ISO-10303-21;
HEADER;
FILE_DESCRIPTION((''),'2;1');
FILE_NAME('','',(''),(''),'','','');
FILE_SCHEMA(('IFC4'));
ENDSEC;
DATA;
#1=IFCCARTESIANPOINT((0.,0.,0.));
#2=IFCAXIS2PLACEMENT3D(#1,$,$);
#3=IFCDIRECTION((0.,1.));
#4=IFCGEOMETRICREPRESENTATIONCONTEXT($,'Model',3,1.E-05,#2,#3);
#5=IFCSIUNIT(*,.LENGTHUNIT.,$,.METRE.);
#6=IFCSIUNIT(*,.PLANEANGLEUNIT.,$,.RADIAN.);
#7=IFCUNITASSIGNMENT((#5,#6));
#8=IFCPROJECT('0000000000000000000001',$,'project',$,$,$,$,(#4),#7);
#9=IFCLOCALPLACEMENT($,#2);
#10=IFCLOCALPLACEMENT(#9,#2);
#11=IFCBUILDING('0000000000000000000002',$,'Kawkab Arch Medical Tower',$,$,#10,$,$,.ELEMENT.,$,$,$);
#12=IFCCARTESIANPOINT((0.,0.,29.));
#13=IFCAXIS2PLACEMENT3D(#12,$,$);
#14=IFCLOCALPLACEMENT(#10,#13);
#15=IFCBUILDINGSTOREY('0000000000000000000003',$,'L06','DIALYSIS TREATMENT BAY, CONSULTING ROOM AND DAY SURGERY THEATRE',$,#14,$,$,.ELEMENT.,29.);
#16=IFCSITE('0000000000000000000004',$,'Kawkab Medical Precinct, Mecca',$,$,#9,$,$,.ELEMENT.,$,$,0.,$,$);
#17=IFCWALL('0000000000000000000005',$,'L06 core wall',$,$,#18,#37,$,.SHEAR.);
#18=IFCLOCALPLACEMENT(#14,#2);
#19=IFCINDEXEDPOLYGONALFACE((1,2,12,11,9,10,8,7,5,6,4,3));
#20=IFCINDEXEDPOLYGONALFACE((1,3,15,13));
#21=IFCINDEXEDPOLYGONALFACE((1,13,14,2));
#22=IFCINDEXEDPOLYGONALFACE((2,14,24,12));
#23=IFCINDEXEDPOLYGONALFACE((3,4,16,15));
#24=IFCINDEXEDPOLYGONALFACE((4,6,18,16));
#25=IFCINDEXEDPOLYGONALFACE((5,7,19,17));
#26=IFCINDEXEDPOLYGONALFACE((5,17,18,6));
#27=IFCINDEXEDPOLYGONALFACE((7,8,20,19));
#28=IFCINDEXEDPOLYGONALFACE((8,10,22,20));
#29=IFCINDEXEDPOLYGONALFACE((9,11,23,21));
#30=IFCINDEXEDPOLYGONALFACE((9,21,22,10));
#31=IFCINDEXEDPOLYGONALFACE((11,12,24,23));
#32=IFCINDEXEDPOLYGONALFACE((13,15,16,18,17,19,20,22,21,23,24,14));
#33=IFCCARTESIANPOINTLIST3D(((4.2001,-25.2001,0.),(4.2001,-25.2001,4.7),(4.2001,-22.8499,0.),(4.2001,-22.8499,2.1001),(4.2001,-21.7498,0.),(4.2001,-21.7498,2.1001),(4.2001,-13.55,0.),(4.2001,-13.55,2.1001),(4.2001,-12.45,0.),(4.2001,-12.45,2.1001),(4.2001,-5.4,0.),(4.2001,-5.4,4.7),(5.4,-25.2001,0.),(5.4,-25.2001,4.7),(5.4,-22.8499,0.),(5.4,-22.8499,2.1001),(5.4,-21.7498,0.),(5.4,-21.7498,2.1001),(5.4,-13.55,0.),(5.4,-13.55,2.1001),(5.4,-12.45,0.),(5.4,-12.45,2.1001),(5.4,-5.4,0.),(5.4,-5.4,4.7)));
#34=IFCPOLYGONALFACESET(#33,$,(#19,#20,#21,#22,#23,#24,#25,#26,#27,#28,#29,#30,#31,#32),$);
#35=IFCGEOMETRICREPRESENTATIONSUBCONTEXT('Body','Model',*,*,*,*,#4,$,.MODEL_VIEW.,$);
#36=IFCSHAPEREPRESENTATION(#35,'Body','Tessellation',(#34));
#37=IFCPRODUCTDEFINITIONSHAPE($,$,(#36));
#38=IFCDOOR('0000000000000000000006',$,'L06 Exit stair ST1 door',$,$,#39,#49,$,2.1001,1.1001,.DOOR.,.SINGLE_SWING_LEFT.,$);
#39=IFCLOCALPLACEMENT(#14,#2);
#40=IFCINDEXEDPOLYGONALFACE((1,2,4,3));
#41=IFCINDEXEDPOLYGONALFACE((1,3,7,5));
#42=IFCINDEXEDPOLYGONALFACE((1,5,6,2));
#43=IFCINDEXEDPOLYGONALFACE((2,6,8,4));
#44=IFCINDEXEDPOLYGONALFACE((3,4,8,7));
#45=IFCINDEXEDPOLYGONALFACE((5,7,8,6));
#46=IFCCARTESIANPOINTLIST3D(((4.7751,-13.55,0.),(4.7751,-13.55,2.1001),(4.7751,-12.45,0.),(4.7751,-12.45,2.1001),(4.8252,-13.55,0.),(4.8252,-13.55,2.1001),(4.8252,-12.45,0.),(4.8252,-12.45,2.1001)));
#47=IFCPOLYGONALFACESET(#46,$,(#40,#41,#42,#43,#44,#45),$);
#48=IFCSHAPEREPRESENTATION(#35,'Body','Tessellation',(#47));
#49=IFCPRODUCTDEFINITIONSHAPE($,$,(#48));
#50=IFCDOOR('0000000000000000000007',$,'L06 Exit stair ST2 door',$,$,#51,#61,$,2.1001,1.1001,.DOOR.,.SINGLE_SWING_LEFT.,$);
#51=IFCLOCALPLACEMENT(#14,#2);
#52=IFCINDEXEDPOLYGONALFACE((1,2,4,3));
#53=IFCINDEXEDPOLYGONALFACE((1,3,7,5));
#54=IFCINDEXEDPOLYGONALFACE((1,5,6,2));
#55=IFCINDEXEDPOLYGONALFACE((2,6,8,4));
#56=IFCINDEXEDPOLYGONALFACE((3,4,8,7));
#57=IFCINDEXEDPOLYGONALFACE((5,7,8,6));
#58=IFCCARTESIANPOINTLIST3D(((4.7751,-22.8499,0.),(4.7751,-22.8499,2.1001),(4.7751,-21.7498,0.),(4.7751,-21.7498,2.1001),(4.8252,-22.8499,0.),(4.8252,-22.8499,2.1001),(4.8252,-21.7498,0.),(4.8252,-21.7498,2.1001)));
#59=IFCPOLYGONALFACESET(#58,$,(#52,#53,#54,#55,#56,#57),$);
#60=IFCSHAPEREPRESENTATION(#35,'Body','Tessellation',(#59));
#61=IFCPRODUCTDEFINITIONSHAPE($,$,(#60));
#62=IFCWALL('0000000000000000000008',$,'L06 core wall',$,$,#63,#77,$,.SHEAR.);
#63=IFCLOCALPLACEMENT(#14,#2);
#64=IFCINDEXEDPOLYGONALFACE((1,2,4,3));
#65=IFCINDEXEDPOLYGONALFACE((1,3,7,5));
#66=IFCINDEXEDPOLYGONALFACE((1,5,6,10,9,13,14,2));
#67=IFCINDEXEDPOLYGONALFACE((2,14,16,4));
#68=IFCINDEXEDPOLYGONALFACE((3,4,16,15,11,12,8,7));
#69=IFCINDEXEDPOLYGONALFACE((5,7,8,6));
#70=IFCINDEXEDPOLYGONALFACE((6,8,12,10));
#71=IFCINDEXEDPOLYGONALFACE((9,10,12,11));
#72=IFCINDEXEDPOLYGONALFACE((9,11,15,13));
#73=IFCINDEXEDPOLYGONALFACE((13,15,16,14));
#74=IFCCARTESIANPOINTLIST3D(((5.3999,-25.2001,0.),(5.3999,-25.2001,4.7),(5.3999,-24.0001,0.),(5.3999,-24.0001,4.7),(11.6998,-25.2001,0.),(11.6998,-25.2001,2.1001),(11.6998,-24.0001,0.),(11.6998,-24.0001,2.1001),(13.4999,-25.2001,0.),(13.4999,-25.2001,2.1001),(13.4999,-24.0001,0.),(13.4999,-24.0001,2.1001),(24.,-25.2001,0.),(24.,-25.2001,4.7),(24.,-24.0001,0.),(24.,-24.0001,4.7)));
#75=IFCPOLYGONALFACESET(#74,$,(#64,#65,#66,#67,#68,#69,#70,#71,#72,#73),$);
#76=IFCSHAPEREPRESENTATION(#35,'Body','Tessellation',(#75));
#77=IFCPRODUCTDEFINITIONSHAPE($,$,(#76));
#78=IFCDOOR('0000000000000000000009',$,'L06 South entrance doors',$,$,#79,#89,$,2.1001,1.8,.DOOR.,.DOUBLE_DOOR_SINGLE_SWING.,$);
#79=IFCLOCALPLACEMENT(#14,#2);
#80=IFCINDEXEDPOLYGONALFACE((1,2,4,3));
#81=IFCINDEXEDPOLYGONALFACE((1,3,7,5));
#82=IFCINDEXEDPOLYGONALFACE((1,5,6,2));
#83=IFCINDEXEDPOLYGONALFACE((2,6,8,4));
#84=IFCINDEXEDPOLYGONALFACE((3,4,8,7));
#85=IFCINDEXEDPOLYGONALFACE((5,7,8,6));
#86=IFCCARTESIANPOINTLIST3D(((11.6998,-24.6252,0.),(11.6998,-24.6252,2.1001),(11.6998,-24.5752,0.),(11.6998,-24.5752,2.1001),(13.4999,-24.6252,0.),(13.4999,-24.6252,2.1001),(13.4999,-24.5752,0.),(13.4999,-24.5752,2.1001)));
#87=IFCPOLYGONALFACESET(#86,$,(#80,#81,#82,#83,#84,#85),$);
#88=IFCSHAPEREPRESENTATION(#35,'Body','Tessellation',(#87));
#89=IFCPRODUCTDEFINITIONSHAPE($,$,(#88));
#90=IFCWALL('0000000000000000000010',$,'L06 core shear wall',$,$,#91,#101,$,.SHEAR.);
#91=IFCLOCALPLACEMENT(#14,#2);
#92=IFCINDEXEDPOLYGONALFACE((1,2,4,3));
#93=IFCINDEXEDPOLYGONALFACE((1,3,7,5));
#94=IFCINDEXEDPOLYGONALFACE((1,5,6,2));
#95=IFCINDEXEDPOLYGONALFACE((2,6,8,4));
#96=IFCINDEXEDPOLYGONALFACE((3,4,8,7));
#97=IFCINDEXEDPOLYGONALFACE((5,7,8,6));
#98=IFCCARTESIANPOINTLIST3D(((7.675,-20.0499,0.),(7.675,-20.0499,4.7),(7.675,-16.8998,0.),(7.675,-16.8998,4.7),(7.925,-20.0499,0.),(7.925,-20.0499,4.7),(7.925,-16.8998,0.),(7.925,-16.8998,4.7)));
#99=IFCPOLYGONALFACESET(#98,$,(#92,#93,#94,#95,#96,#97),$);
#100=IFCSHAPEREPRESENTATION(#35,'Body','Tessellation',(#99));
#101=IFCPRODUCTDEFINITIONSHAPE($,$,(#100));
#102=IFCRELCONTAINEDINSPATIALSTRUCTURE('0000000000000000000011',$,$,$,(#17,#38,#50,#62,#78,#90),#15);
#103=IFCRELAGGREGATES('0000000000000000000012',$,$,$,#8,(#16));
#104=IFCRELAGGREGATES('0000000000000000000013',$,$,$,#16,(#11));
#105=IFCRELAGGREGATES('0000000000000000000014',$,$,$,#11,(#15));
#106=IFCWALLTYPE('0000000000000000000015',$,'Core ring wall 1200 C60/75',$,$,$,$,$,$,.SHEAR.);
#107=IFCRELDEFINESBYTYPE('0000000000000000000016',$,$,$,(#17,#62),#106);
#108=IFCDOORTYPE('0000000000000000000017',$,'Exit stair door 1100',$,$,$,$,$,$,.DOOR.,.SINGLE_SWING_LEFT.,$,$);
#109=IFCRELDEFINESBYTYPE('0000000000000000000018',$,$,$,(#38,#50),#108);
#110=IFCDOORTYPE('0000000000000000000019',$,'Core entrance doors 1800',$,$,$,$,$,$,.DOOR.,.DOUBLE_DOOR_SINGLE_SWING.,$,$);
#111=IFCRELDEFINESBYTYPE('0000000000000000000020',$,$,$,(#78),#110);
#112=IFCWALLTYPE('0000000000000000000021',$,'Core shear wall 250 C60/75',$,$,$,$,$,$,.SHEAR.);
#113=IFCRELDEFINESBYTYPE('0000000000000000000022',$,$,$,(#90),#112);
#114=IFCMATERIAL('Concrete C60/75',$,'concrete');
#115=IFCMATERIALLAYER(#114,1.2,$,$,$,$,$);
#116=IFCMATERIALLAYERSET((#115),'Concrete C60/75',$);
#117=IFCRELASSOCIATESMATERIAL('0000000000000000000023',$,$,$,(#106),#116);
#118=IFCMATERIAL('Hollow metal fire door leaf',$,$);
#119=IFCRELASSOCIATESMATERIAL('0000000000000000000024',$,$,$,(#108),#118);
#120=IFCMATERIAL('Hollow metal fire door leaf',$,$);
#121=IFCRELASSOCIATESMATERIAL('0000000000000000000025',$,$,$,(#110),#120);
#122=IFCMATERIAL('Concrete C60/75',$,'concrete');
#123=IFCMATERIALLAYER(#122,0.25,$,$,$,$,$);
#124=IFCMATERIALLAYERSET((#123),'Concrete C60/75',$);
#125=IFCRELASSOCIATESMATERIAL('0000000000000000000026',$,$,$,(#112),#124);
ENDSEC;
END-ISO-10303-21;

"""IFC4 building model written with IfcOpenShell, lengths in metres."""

from ifc_helpers import new_model, si_unit, direction, frame, frame_2d, origin, place, context, subcontext, project, spatial, rectangle, extrude, material, layer, layer_set, type_object, element, fill, save


model = new_model("IFC4")

# Units and contexts
model_context = context("Model", 3, precision=1e-05, world=origin(), true_north=direction((0.0, 1.0)))
body_context = subcontext(model_context, "Body", "Model", "MODEL_VIEW")
ifc_project = project(units=[si_unit("LENGTHUNIT", "METRE"), si_unit("PLANEANGLEUNIT", "RADIAN")], contexts=[model_context])

# Site, building, storey
site_placement = place(None, origin())
site = spatial("IfcSite", under=ifc_project, at=site_placement, Name="Kawkab Medical Precinct, Mecca", CompositionType="ELEMENT", RefElevation=0.0)
building_placement = place(site_placement, origin())
building = spatial("IfcBuilding", under=site, at=building_placement, Name="Kawkab Arch Medical Tower", CompositionType="ELEMENT")
storey_placement = place(building_placement, frame((0.0, 0.0, 29.0)))
storey = spatial("IfcBuildingStorey", under=building, at=storey_placement, Name="L06", Description="DIALYSIS TREATMENT BAY, CONSULTING ROOM AND DAY SURGERY THEATRE", CompositionType="ELEMENT", Elevation=29.0)

# Wall, openings, doors
ifc_material_1 = material(Name="Concrete C60/75", Category="concrete")
ifc_layer_1 = layer(ifc_material_1, 1.2)
ifc_layer_set_1 = layer_set([ifc_layer_1], Name="Concrete C60/75")
wall_type_1 = type_object("IfcWallType", Name="Core ring wall 1200 C60/75", PredefinedType="SHEAR", material=ifc_layer_set_1)
wall_1_placement = place(storey_placement, frame((4.8, -25.2, 0.0), z_axis=(0.0, 0.0, 1.0), x_axis=(0.0, 1.0, 0.0)))
wall_1 = element("IfcWall", 1, at=wall_1_placement, inside=storey, type_object=wall_type_1, Name="L06 core wall", PredefinedType="SHEAR", context=body_context, shape_type="SweptSolid", body=[
    extrude(rectangle(XDim=19.8, YDim=1.2, at=frame_2d((9.8999, 0.0))), origin(), (0.0, 0.0, 1.0), 4.7),
])
opening_1_placement = place(wall_1_placement, frame((11.6499, 0.0, 0.0)))
opening_1 = element("IfcOpeningElement", 2, at=opening_1_placement, cuts=wall_1, PredefinedType="OPENING", context=body_context, shape_type="SweptSolid", body=[
    extrude(rectangle(XDim=1.1001, YDim=2.1001, at=frame_2d((0.55, 1.05))), frame((0.0, 0.6099, 0.0), z_axis=(0.0, -1.0, 0.0), x_axis=(1.0, 0.0, 0.0)), (0.0, 0.0, 1.0), 1.22),
])
opening_2_placement = place(wall_1_placement, frame((2.3501, 0.0, 0.0)))
opening_2 = element("IfcOpeningElement", 3, at=opening_2_placement, cuts=wall_1, PredefinedType="OPENING", context=body_context, shape_type="SweptSolid", body=[
    extrude(rectangle(XDim=1.1001, YDim=2.1001, at=frame_2d((0.55, 1.05))), frame((0.0, 0.6099, 0.0), z_axis=(0.0, -1.0, 0.0), x_axis=(1.0, 0.0, 0.0)), (0.0, 0.0, 1.0), 1.22),
])
ifc_material_2 = material(Name="Hollow metal fire door leaf")
door_type_1 = type_object("IfcDoorType", Name="Exit stair door 1100", OperationType="SINGLE_SWING_LEFT", PredefinedType="DOOR", material=ifc_material_2)
door_1_placement = place(opening_1_placement, origin())
door_1 = element("IfcDoor", 4, at=door_1_placement, inside=storey, type_object=door_type_1, Name="L06 Exit stair ST1 door", OperationType="SINGLE_SWING_LEFT", OverallHeight=2.1001, OverallWidth=1.1001, PredefinedType="DOOR", context=body_context, shape_type="SweptSolid", body=[
    extrude(rectangle(XDim=1.1001, YDim=2.1001, at=frame_2d((0.55, 1.05))), frame((0.0, 0.0249, 0.0), z_axis=(0.0, -1.0, 0.0), x_axis=(1.0, 0.0, 0.0)), (0.0, 0.0, 1.0), 0.05),
])
fill(opening_1, door_1)
door_2_placement = place(opening_2_placement, origin())
door_2 = element("IfcDoor", 5, at=door_2_placement, inside=storey, type_object=door_type_1, Name="L06 Exit stair ST2 door", OperationType="SINGLE_SWING_LEFT", OverallHeight=2.1001, OverallWidth=1.1001, PredefinedType="DOOR", context=body_context, shape_type="SweptSolid", body=[
    extrude(rectangle(XDim=1.1001, YDim=2.1001, at=frame_2d((0.55, 1.05))), frame((0.0, 0.0249, 0.0), z_axis=(0.0, -1.0, 0.0), x_axis=(1.0, 0.0, 0.0)), (0.0, 0.0, 1.0), 0.05),
])
fill(opening_2, door_2)

# Wall, opening, door
wall_2_placement = place(storey_placement, frame((5.3999, -24.6001, 0.0), z_axis=(0.0, 0.0, 1.0), x_axis=(1.0, 0.0, 0.0)))
wall_2 = element("IfcWall", 6, at=wall_2_placement, inside=storey, type_object=wall_type_1, Name="L06 core wall", PredefinedType="SHEAR", context=body_context, shape_type="SweptSolid", body=[
    extrude(rectangle(XDim=18.6001, YDim=1.2, at=frame_2d((9.3, 0.0))), origin(), (0.0, 0.0, 1.0), 4.7),
])
opening_3_placement = place(wall_2_placement, frame((6.3, 0.0, 0.0)))
opening_3 = element("IfcOpeningElement", 7, at=opening_3_placement, cuts=wall_2, PredefinedType="OPENING", context=body_context, shape_type="SweptSolid", body=[
    extrude(rectangle(XDim=1.8, YDim=2.1001, at=frame_2d((0.8999, 1.05))), frame((0.0, 0.6099, 0.0), z_axis=(0.0, -1.0, 0.0), x_axis=(1.0, 0.0, 0.0)), (0.0, 0.0, 1.0), 1.22),
])
ifc_material_3 = material(Name="Hollow metal fire door leaf")
door_type_2 = type_object("IfcDoorType", Name="Core entrance doors 1800", OperationType="DOUBLE_DOOR_SINGLE_SWING", PredefinedType="DOOR", material=ifc_material_3)
door_3_placement = place(opening_3_placement, origin())
door_3 = element("IfcDoor", 8, at=door_3_placement, inside=storey, type_object=door_type_2, Name="L06 South entrance doors", OperationType="DOUBLE_DOOR_SINGLE_SWING", OverallHeight=2.1001, OverallWidth=1.8, PredefinedType="DOOR", context=body_context, shape_type="SweptSolid", body=[
    extrude(rectangle(XDim=1.8, YDim=2.1001, at=frame_2d((0.8999, 1.05))), frame((0.0, 0.0249, 0.0), z_axis=(0.0, -1.0, 0.0), x_axis=(1.0, 0.0, 0.0)), (0.0, 0.0, 1.0), 0.05),
])
fill(opening_3, door_3)

# Wall
ifc_material_4 = material(Name="Concrete C60/75", Category="concrete")
ifc_layer_2 = layer(ifc_material_4, 0.25)
ifc_layer_set_2 = layer_set([ifc_layer_2], Name="Concrete C60/75")
wall_type_2 = type_object("IfcWallType", Name="Core shear wall 250 C60/75", PredefinedType="SHEAR", material=ifc_layer_set_2)
wall_3_placement = place(storey_placement, frame((7.8, -20.05, 0.0), z_axis=(0.0, 0.0, 1.0), x_axis=(0.0, 1.0, 0.0)))
element("IfcWall", 9, at=wall_3_placement, inside=storey, type_object=wall_type_2, Name="L06 core shear wall", PredefinedType="SHEAR", context=body_context, shape_type="SweptSolid", body=[
    extrude(rectangle(XDim=3.1501, YDim=0.25, at=frame_2d((1.5752, 0.0))), origin(), (0.0, 0.0, 1.0), 4.7),
])

save(model, "model.ifc")
